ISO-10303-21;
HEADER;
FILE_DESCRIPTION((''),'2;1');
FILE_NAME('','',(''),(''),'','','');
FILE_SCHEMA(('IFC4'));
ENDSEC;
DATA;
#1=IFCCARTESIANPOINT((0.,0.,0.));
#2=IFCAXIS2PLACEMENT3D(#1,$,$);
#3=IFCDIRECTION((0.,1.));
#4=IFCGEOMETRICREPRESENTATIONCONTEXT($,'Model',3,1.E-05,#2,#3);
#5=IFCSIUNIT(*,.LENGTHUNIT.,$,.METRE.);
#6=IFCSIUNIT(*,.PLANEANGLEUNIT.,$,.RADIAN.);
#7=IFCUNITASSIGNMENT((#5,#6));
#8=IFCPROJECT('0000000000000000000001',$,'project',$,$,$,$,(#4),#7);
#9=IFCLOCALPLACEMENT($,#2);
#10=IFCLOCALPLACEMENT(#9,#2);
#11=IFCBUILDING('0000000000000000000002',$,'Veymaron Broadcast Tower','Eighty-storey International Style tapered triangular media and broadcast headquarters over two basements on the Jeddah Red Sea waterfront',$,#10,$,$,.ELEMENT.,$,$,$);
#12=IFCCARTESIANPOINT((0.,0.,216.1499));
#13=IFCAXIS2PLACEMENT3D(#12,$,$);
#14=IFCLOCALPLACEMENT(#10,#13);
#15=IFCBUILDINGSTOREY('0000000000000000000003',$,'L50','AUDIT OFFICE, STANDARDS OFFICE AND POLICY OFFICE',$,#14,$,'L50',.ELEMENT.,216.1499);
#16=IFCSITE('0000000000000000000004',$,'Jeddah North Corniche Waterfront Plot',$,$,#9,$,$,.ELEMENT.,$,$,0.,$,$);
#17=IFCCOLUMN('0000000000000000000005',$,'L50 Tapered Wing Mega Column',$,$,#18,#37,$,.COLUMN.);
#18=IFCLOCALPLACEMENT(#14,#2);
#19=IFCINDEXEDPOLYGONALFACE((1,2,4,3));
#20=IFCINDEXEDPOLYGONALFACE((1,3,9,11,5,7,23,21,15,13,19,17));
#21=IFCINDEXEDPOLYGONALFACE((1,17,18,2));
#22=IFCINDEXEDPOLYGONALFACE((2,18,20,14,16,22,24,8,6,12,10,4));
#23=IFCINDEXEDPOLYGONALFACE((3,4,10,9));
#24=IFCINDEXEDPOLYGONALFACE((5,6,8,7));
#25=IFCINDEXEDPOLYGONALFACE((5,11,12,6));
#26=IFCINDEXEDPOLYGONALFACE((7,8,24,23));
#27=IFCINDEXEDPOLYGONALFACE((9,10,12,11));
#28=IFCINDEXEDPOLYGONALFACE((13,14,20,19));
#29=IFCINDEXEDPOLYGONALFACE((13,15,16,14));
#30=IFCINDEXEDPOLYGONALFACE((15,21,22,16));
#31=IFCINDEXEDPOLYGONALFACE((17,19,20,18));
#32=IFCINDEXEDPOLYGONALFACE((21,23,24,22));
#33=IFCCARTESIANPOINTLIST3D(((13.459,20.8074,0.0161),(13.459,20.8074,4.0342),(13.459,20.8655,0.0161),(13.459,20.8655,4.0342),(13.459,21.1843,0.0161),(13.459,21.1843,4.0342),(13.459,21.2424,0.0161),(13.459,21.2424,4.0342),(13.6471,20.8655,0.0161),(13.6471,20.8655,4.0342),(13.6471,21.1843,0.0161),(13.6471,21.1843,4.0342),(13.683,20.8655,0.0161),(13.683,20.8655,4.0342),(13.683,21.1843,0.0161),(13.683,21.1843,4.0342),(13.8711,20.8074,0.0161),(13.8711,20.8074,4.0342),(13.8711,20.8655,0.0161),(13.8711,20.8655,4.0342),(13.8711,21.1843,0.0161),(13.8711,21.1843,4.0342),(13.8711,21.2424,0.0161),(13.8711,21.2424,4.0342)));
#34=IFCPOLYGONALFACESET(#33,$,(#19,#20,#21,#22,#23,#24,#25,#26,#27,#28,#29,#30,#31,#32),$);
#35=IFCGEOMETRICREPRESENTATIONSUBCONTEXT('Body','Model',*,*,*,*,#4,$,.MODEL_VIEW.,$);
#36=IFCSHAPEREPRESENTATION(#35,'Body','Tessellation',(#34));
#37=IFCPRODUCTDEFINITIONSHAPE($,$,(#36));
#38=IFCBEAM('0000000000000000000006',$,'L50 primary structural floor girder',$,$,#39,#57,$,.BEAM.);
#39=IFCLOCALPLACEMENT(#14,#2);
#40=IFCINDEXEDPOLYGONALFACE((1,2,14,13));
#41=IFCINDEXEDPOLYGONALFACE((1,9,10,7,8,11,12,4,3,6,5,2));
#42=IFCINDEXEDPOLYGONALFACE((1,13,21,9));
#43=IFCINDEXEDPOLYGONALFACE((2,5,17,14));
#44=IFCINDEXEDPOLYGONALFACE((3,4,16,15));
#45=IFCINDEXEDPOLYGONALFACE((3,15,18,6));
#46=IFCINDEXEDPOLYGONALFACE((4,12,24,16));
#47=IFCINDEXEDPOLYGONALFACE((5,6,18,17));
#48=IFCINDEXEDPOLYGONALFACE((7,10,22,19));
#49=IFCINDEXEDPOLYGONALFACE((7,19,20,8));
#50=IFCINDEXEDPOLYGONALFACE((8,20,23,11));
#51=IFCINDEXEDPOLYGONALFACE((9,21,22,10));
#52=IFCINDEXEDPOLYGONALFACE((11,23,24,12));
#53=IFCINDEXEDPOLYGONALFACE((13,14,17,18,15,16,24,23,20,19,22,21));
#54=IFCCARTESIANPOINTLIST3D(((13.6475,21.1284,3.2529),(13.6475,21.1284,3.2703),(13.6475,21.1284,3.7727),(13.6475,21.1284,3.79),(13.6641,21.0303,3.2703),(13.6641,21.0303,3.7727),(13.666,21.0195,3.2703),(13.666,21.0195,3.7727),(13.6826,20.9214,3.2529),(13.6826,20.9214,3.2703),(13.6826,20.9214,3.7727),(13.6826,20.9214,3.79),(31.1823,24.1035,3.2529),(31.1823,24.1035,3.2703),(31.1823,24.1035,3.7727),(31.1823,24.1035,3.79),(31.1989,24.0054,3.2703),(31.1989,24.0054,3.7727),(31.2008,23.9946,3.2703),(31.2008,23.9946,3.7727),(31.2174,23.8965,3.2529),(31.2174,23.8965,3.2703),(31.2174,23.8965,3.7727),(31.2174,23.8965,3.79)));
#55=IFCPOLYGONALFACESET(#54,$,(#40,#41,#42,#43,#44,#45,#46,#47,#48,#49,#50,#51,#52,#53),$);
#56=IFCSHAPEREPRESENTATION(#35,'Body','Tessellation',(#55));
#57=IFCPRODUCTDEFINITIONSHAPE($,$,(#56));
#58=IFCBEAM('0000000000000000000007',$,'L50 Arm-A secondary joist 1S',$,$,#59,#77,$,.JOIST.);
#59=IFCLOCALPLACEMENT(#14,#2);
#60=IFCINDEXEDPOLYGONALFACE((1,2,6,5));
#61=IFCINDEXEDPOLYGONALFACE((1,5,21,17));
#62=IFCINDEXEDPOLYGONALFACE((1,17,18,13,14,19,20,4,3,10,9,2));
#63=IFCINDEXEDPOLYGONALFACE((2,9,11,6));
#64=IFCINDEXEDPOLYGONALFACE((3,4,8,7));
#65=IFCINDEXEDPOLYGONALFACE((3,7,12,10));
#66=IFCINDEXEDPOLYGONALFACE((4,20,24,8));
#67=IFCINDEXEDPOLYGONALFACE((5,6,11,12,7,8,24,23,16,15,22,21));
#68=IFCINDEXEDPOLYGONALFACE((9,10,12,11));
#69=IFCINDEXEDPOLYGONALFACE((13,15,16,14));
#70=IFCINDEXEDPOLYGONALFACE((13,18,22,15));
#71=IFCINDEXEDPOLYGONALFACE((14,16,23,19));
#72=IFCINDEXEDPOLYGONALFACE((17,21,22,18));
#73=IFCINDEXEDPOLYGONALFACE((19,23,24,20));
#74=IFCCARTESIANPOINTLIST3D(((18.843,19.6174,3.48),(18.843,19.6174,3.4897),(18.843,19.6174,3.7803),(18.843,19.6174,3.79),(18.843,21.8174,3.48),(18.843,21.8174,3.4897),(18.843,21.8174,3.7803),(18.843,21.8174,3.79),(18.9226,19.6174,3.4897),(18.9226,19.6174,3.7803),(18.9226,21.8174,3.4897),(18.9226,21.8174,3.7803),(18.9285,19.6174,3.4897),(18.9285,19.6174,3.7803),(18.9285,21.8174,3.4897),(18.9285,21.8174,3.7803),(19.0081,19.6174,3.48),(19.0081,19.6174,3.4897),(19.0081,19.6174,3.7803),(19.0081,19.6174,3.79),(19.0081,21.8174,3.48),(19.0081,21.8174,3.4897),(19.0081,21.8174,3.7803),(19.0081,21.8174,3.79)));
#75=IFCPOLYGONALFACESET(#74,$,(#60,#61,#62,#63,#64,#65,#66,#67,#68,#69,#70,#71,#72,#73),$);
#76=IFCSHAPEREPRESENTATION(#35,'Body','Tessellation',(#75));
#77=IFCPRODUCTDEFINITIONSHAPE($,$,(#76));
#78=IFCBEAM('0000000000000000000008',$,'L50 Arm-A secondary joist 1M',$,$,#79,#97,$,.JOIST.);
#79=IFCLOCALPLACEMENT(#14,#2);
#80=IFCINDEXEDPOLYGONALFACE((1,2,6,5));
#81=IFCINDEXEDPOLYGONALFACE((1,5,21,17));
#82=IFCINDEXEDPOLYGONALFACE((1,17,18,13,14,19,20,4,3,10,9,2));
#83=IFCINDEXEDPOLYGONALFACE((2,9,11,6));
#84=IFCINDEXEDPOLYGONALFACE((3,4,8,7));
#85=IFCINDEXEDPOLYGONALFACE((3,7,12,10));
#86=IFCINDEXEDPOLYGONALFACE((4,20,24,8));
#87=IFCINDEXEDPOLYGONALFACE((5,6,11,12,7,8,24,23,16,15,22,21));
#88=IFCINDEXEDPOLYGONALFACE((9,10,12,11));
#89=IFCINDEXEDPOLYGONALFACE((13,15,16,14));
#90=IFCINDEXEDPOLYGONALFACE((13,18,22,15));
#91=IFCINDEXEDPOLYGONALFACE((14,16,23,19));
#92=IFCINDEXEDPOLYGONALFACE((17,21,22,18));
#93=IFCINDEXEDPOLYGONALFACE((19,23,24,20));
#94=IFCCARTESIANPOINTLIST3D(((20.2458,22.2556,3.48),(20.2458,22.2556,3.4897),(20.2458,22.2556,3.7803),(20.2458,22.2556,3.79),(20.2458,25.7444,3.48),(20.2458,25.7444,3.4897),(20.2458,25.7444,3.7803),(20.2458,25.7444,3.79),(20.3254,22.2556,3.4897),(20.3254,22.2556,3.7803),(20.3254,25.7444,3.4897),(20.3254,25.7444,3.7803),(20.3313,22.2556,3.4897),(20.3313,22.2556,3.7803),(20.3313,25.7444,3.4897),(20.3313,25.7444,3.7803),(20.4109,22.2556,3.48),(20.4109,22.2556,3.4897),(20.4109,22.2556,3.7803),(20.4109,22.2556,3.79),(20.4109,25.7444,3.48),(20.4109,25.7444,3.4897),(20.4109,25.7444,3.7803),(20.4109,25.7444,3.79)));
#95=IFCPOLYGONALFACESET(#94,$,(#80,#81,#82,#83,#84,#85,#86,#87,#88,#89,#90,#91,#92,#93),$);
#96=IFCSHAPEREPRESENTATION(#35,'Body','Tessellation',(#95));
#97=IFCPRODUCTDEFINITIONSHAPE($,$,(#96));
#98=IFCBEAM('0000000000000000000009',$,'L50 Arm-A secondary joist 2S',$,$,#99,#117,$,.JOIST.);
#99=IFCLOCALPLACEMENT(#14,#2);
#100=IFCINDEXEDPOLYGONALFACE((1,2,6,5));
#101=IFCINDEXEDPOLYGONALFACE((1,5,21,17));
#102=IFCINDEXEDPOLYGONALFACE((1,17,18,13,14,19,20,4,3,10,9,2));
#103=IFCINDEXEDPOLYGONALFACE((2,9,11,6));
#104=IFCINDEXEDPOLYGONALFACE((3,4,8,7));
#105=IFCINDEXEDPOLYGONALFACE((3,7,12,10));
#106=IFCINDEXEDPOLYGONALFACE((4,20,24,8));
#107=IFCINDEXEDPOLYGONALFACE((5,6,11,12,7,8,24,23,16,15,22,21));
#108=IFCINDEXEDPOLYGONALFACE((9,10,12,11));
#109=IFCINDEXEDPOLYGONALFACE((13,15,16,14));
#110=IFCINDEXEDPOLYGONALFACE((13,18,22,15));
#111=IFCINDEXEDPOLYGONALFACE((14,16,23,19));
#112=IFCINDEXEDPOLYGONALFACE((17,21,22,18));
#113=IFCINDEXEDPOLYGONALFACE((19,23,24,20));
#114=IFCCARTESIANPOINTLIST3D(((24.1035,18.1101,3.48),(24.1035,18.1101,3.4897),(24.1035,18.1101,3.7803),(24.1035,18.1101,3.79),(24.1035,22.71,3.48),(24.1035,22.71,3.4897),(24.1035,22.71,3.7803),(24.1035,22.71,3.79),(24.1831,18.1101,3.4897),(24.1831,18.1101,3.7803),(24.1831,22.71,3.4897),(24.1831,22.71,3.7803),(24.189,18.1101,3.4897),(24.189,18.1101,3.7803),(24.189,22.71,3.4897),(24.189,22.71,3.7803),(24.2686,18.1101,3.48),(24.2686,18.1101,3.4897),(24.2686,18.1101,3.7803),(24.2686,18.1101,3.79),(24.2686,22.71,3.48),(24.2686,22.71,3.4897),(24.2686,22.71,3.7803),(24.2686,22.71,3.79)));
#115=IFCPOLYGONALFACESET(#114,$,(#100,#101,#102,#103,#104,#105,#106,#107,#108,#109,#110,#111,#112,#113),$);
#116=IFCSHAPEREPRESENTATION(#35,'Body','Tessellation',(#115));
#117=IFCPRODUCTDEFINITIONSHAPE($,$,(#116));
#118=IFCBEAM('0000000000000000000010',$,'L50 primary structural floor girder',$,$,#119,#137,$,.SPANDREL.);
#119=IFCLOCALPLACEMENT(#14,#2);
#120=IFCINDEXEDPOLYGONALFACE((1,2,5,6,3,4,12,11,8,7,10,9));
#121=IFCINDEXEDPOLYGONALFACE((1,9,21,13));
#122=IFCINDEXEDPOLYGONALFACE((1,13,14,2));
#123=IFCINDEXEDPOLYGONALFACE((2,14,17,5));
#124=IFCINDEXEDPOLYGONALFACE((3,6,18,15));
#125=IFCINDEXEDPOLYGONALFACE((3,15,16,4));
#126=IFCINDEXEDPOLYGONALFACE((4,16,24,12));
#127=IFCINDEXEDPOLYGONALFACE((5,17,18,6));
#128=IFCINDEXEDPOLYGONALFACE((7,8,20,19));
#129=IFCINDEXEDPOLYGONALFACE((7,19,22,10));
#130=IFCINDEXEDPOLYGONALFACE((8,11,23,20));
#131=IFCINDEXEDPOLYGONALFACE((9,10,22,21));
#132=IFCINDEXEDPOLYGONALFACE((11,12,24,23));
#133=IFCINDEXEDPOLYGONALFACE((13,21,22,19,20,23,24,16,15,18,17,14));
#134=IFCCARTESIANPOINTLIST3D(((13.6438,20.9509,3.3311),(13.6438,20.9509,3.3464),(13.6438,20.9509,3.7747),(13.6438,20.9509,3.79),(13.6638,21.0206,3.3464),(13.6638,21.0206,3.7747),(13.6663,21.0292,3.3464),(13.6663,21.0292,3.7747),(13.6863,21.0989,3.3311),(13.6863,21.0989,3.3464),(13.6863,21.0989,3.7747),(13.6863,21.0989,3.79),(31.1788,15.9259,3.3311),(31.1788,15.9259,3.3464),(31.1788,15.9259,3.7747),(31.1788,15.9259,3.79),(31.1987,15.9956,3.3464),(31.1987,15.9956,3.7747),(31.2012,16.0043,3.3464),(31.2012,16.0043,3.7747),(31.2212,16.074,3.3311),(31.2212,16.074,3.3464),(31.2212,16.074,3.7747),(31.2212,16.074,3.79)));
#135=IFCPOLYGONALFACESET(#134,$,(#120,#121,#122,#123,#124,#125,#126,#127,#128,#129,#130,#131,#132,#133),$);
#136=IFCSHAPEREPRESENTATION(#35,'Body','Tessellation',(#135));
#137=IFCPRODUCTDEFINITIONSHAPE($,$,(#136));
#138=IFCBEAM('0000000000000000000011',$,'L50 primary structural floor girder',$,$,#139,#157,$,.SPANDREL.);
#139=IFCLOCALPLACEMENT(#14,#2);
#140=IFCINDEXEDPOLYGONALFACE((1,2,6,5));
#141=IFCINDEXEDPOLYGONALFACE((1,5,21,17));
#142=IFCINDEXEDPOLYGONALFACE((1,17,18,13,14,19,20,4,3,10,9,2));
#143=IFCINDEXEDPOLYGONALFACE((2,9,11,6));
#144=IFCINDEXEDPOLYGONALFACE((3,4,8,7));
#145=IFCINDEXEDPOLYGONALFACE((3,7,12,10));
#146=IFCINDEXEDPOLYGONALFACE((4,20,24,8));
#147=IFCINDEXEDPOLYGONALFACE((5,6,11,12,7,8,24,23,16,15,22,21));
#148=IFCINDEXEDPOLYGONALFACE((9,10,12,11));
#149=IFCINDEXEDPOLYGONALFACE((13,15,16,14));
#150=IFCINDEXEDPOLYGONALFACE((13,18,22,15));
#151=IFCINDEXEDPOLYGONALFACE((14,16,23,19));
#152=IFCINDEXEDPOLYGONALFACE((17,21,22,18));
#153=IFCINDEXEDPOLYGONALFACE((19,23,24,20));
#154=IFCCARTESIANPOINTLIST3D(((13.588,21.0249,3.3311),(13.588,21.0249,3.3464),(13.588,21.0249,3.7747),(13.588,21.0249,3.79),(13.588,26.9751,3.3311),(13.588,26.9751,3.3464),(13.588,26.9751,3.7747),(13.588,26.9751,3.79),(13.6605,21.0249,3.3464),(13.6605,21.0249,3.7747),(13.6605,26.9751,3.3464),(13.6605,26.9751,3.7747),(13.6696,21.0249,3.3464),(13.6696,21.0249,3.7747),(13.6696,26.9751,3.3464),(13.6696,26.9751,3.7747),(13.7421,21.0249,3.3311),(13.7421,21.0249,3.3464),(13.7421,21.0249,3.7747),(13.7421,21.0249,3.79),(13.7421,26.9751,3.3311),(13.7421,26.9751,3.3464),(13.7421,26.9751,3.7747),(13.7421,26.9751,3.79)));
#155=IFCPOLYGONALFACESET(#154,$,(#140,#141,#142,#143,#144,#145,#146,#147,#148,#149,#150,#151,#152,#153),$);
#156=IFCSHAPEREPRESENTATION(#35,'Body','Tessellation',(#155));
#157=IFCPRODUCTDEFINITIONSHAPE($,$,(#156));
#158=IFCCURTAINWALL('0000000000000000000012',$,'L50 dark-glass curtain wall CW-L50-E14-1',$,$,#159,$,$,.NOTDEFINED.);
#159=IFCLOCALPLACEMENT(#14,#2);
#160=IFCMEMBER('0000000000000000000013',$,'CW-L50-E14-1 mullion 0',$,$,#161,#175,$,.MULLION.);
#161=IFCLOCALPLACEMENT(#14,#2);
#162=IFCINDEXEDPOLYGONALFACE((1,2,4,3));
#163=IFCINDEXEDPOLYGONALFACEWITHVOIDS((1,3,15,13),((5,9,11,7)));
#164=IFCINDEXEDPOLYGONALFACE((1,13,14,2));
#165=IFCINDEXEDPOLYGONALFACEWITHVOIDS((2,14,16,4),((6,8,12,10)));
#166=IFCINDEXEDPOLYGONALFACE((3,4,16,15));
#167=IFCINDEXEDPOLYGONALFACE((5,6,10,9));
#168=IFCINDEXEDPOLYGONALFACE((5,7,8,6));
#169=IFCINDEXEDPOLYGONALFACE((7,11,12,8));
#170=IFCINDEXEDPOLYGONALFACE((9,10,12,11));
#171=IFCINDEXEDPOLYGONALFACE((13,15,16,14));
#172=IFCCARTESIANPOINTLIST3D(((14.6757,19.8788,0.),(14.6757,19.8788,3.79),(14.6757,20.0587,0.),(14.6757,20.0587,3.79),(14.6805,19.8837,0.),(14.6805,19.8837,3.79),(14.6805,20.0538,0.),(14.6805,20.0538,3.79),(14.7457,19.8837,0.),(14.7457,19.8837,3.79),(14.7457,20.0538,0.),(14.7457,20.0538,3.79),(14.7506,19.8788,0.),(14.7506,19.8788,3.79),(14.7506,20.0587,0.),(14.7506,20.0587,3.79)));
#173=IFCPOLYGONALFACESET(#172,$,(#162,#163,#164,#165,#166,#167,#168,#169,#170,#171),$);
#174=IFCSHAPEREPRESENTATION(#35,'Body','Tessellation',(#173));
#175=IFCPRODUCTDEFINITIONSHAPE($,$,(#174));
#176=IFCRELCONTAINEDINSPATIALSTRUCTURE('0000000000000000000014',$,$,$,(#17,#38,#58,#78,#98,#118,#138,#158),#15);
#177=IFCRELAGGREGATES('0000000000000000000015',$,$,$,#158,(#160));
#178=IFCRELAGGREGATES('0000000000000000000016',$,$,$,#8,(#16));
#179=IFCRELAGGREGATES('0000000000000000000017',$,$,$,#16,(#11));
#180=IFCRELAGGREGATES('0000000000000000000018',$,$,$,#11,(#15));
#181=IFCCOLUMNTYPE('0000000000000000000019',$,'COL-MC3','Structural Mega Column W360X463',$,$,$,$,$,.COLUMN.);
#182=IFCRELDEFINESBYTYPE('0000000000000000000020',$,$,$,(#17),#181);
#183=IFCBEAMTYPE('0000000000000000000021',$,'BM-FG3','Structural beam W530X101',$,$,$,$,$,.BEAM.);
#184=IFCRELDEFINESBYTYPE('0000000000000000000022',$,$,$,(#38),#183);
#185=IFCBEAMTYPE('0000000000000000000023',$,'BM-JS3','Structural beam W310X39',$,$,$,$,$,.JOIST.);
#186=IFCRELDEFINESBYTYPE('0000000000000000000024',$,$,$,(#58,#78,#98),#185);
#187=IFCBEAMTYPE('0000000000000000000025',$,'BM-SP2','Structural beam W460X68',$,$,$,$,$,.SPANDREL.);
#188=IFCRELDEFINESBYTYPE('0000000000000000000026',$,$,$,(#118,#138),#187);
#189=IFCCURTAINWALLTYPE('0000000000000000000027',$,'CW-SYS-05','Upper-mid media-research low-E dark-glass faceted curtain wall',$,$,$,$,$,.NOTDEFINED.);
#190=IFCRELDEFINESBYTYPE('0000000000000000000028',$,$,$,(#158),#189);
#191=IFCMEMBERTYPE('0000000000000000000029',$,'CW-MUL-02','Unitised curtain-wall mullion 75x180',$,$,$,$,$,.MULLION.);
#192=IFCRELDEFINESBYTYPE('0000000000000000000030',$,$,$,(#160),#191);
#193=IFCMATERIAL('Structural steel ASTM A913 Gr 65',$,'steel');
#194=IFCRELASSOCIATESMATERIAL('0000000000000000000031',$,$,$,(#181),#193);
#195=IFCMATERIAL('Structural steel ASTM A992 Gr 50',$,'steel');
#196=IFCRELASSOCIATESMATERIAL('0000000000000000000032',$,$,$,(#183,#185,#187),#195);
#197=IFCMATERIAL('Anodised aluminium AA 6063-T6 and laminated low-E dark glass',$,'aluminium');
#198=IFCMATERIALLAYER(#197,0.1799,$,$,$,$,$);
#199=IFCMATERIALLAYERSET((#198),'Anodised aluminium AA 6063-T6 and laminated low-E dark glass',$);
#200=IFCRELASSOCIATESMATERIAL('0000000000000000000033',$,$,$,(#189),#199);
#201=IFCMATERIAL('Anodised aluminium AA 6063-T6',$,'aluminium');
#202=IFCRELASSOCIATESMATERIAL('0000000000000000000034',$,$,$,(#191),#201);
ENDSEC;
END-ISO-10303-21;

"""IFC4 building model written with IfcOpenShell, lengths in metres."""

from ifc_helpers import new_model, si_unit, direction, frame, origin, origin_2d, place, context, subcontext, project, spatial, hollow_rectangle, i_section, extrude, material, layer, layer_set, material_profile, profile_set, type_object, element, aggregate, save


model = new_model("IFC4")

# Units and contexts
model_context = context("Model", 3, precision=1e-05, world=origin(), true_north=direction((0.0, 1.0)))
body_context = subcontext(model_context, "Body", "Model", "MODEL_VIEW")
ifc_project = project(units=[si_unit("LENGTHUNIT", "METRE"), si_unit("PLANEANGLEUNIT", "RADIAN")], contexts=[model_context])

# Site, building, storey
site_placement = place(None, origin())
site = spatial("IfcSite", under=ifc_project, at=site_placement, Name="Jeddah North Corniche Waterfront Plot", CompositionType="ELEMENT", RefElevation=0.0)
building_placement = place(site_placement, origin())
building = spatial("IfcBuilding", under=site, at=building_placement, Name="Veymaron Broadcast Tower", Description="Eighty-storey International Style tapered triangular media and broadcast headquarters over two basements on the Jeddah Red Sea waterfront", CompositionType="ELEMENT")
storey_placement = place(building_placement, frame((0.0, 0.0, 216.1499)))
storey = spatial("IfcBuildingStorey", under=building, at=storey_placement, Name="L50", Description="AUDIT OFFICE, STANDARDS OFFICE AND POLICY OFFICE", LongName="L50", CompositionType="ELEMENT", Elevation=216.1499)

# Column
ifc_material_1 = material(Name="Structural steel ASTM A913 Gr 65", Category="steel")
ifc_material_profile_1 = material_profile(ifc_material_1, i_section(OverallWidth=0.4121, OverallDepth=0.4351, WebThickness=0.0359, FlangeThickness=0.0581, at=origin_2d()), Name="W360X463")
ifc_profile_set_1 = profile_set([ifc_material_profile_1], Name="Structural steel ASTM A913 Gr 65")
column_type = type_object("IfcColumnType", Name="COL-MC3", Description="Structural Mega Column W360X463", PredefinedType="COLUMN", material=ifc_profile_set_1)
column_placement = place(storey_placement, frame((13.665, 21.0249, 0.0161), z_axis=(0.0, 0.0, 1.0), x_axis=(1.0, 0.0, 0.0)))
element("IfcColumn", 1, at=column_placement, inside=storey, type_object=column_type, Name="L50 Tapered Wing Mega Column", PredefinedType="COLUMN", context=body_context, shape_type="SweptSolid", body=[
    extrude(i_section(OverallWidth=0.4121, OverallDepth=0.4351, WebThickness=0.0359, FlangeThickness=0.0581, at=origin_2d()), origin(), (0.0, 0.0, 1.0), 4.0181),
])

# Beams
ifc_material_2 = material(Name="Structural steel ASTM A992 Gr 50", Category="steel")
ifc_material_profile_2 = material_profile(ifc_material_2, i_section(OverallWidth=0.21, OverallDepth=0.5371, WebThickness=0.011, FlangeThickness=0.0173, at=origin_2d()), Name="W530X101")
ifc_profile_set_2 = profile_set([ifc_material_profile_2], Name="Structural steel ASTM A992 Gr 50")
beam_type_1 = type_object("IfcBeamType", Name="BM-FG3", Description="Structural beam W530X101", PredefinedType="BEAM", material=ifc_profile_set_2)
beam_1_placement = place(storey_placement, frame((13.665, 21.0249, 3.5215), z_axis=(0.98591, 0.167276, 0.0), x_axis=(-0.167276, 0.98591, 0.0)))
element("IfcBeam", 2, at=beam_1_placement, inside=storey, type_object=beam_type_1, Name="L50 primary structural floor girder", PredefinedType="BEAM", context=body_context, shape_type="SweptSolid", body=[
    extrude(i_section(OverallWidth=0.21, OverallDepth=0.5371, WebThickness=0.011, FlangeThickness=0.0173, at=origin_2d()), origin(), (0.0, 0.0, 1.0), 17.7854),
])
ifc_material_profile_3 = material_profile(ifc_material_2, i_section(OverallWidth=0.165, OverallDepth=0.3101, WebThickness=0.0059, FlangeThickness=0.0098, at=origin_2d()), Name="W310X39")
ifc_profile_set_3 = profile_set([ifc_material_profile_3], Name="Structural steel ASTM A992 Gr 50")
beam_type_2 = type_object("IfcBeamType", Name="BM-JS3", Description="Structural beam W310X39", PredefinedType="JOIST", material=ifc_profile_set_3)
beam_2_placement = place(storey_placement, frame((18.9255, 19.6174, 3.635), z_axis=(0.0, 1.0, 0.0), x_axis=(-1.0, 0.0, 0.0)))
element("IfcBeam", 3, at=beam_2_placement, inside=storey, type_object=beam_type_2, Name="L50 Arm-A secondary joist 1S", PredefinedType="JOIST", context=body_context, shape_type="SweptSolid", body=[
    extrude(i_section(OverallWidth=0.165, OverallDepth=0.3101, WebThickness=0.0059, FlangeThickness=0.0098, at=origin_2d()), origin(), (0.0, 0.0, 1.0), 2.2),
])
beam_3_placement = place(storey_placement, frame((20.3284, 22.2556, 3.635), z_axis=(0.0, 1.0, 0.0), x_axis=(-1.0, 0.0, 0.0)))
element("IfcBeam", 4, at=beam_3_placement, inside=storey, type_object=beam_type_2, Name="L50 Arm-A secondary joist 1M", PredefinedType="JOIST", context=body_context, shape_type="SweptSolid", body=[
    extrude(i_section(OverallWidth=0.165, OverallDepth=0.3101, WebThickness=0.0059, FlangeThickness=0.0098, at=origin_2d()), origin(), (0.0, 0.0, 1.0), 3.4888),
])
beam_4_placement = place(storey_placement, frame((24.186, 18.1101, 3.635), z_axis=(0.0, 1.0, 0.0), x_axis=(-1.0, 0.0, 0.0)))
element("IfcBeam", 5, at=beam_4_placement, inside=storey, type_object=beam_type_2, Name="L50 Arm-A secondary joist 2S", PredefinedType="JOIST", context=body_context, shape_type="SweptSolid", body=[
    extrude(i_section(OverallWidth=0.165, OverallDepth=0.3101, WebThickness=0.0059, FlangeThickness=0.0098, at=origin_2d()), origin(), (0.0, 0.0, 1.0), 4.5999),
])
ifc_material_profile_4 = material_profile(ifc_material_2, i_section(OverallWidth=0.1541, OverallDepth=0.459, WebThickness=0.009, FlangeThickness=0.0154, at=origin_2d()), Name="W460X68")
ifc_profile_set_4 = profile_set([ifc_material_profile_4], Name="Structural steel ASTM A992 Gr 50")
beam_type_3 = type_object("IfcBeamType", Name="BM-SP2", Description="Structural beam W460X68", PredefinedType="SPANDREL", material=ifc_profile_set_4)
beam_5_placement = place(storey_placement, frame((13.665, 21.0249, 3.5605), z_axis=(0.961307, -0.275478, 0.0), x_axis=(0.275478, 0.961307, 0.0)))
element("IfcBeam", 6, at=beam_5_placement, inside=storey, type_object=beam_type_3, Name="L50 primary structural floor girder", PredefinedType="SPANDREL", context=body_context, shape_type="SweptSolid", body=[
    extrude(i_section(OverallWidth=0.1541, OverallDepth=0.459, WebThickness=0.009, FlangeThickness=0.0154, at=origin_2d()), origin(), (0.0, 0.0, 1.0), 18.2407),
])
beam_6_placement = place(storey_placement, frame((13.665, 21.0249, 3.5605), z_axis=(0.0, 1.0, 0.0), x_axis=(-1.0, 0.0, 0.0)))
element("IfcBeam", 7, at=beam_6_placement, inside=storey, type_object=beam_type_3, Name="L50 primary structural floor girder", PredefinedType="SPANDREL", context=body_context, shape_type="SweptSolid", body=[
    extrude(i_section(OverallWidth=0.1541, OverallDepth=0.459, WebThickness=0.009, FlangeThickness=0.0154, at=origin_2d()), origin(), (0.0, 0.0, 1.0), 5.9502),
])

# Curtain wall, member
ifc_material_3 = material(Name="Anodised aluminium AA 6063-T6 and laminated low-E dark glass", Category="aluminium")
ifc_layer_1 = layer(ifc_material_3, 0.1799)
ifc_layer_set_1 = layer_set([ifc_layer_1], Name="Anodised aluminium AA 6063-T6 and laminated low-E dark glass")
curtain_wall_type = type_object("IfcCurtainWallType", Name="CW-SYS-05", Description="Upper-mid media-research low-E dark-glass faceted curtain wall", PredefinedType="NOTDEFINED", material=ifc_layer_set_1)
curtain_wall_placement = place(storey_placement, origin())
curtain_wall = element("IfcCurtainWall", 8, at=curtain_wall_placement, inside=storey, type_object=curtain_wall_type, Name="L50 dark-glass curtain wall CW-L50-E14-1", PredefinedType="NOTDEFINED")
ifc_material_4 = material(Name="Anodised aluminium AA 6063-T6", Category="aluminium")
ifc_material_profile_5 = material_profile(ifc_material_4, hollow_rectangle(XDim=0.075, YDim=0.1799, WallThickness=0.0049, at=origin_2d()), Name="AL180X75X5")
ifc_profile_set_5 = profile_set([ifc_material_profile_5], Name="Anodised aluminium AA 6063-T6")
member_type_1 = type_object("IfcMemberType", Name="CW-MUL-02", Description="Unitised curtain-wall mullion 75x180", PredefinedType="MULLION", material=ifc_profile_set_5)
member_1_placement = place(storey_placement, frame((14.7131, 19.9688, 0.0), z_axis=(0.0, 0.0, 1.0), x_axis=(1.0, 0.0, 0.0)))
member_1 = element("IfcMember", 9, at=member_1_placement, type_object=member_type_1, Name="CW-L50-E14-1 mullion 0", PredefinedType="MULLION", context=body_context, shape_type="SweptSolid", body=[
    extrude(hollow_rectangle(XDim=0.075, YDim=0.1799, WallThickness=0.0049, at=origin_2d()), origin(), (0.0, 0.0, 1.0), 3.79),
])
aggregate(curtain_wall, [member_1])

save(model, "model.ifc")
